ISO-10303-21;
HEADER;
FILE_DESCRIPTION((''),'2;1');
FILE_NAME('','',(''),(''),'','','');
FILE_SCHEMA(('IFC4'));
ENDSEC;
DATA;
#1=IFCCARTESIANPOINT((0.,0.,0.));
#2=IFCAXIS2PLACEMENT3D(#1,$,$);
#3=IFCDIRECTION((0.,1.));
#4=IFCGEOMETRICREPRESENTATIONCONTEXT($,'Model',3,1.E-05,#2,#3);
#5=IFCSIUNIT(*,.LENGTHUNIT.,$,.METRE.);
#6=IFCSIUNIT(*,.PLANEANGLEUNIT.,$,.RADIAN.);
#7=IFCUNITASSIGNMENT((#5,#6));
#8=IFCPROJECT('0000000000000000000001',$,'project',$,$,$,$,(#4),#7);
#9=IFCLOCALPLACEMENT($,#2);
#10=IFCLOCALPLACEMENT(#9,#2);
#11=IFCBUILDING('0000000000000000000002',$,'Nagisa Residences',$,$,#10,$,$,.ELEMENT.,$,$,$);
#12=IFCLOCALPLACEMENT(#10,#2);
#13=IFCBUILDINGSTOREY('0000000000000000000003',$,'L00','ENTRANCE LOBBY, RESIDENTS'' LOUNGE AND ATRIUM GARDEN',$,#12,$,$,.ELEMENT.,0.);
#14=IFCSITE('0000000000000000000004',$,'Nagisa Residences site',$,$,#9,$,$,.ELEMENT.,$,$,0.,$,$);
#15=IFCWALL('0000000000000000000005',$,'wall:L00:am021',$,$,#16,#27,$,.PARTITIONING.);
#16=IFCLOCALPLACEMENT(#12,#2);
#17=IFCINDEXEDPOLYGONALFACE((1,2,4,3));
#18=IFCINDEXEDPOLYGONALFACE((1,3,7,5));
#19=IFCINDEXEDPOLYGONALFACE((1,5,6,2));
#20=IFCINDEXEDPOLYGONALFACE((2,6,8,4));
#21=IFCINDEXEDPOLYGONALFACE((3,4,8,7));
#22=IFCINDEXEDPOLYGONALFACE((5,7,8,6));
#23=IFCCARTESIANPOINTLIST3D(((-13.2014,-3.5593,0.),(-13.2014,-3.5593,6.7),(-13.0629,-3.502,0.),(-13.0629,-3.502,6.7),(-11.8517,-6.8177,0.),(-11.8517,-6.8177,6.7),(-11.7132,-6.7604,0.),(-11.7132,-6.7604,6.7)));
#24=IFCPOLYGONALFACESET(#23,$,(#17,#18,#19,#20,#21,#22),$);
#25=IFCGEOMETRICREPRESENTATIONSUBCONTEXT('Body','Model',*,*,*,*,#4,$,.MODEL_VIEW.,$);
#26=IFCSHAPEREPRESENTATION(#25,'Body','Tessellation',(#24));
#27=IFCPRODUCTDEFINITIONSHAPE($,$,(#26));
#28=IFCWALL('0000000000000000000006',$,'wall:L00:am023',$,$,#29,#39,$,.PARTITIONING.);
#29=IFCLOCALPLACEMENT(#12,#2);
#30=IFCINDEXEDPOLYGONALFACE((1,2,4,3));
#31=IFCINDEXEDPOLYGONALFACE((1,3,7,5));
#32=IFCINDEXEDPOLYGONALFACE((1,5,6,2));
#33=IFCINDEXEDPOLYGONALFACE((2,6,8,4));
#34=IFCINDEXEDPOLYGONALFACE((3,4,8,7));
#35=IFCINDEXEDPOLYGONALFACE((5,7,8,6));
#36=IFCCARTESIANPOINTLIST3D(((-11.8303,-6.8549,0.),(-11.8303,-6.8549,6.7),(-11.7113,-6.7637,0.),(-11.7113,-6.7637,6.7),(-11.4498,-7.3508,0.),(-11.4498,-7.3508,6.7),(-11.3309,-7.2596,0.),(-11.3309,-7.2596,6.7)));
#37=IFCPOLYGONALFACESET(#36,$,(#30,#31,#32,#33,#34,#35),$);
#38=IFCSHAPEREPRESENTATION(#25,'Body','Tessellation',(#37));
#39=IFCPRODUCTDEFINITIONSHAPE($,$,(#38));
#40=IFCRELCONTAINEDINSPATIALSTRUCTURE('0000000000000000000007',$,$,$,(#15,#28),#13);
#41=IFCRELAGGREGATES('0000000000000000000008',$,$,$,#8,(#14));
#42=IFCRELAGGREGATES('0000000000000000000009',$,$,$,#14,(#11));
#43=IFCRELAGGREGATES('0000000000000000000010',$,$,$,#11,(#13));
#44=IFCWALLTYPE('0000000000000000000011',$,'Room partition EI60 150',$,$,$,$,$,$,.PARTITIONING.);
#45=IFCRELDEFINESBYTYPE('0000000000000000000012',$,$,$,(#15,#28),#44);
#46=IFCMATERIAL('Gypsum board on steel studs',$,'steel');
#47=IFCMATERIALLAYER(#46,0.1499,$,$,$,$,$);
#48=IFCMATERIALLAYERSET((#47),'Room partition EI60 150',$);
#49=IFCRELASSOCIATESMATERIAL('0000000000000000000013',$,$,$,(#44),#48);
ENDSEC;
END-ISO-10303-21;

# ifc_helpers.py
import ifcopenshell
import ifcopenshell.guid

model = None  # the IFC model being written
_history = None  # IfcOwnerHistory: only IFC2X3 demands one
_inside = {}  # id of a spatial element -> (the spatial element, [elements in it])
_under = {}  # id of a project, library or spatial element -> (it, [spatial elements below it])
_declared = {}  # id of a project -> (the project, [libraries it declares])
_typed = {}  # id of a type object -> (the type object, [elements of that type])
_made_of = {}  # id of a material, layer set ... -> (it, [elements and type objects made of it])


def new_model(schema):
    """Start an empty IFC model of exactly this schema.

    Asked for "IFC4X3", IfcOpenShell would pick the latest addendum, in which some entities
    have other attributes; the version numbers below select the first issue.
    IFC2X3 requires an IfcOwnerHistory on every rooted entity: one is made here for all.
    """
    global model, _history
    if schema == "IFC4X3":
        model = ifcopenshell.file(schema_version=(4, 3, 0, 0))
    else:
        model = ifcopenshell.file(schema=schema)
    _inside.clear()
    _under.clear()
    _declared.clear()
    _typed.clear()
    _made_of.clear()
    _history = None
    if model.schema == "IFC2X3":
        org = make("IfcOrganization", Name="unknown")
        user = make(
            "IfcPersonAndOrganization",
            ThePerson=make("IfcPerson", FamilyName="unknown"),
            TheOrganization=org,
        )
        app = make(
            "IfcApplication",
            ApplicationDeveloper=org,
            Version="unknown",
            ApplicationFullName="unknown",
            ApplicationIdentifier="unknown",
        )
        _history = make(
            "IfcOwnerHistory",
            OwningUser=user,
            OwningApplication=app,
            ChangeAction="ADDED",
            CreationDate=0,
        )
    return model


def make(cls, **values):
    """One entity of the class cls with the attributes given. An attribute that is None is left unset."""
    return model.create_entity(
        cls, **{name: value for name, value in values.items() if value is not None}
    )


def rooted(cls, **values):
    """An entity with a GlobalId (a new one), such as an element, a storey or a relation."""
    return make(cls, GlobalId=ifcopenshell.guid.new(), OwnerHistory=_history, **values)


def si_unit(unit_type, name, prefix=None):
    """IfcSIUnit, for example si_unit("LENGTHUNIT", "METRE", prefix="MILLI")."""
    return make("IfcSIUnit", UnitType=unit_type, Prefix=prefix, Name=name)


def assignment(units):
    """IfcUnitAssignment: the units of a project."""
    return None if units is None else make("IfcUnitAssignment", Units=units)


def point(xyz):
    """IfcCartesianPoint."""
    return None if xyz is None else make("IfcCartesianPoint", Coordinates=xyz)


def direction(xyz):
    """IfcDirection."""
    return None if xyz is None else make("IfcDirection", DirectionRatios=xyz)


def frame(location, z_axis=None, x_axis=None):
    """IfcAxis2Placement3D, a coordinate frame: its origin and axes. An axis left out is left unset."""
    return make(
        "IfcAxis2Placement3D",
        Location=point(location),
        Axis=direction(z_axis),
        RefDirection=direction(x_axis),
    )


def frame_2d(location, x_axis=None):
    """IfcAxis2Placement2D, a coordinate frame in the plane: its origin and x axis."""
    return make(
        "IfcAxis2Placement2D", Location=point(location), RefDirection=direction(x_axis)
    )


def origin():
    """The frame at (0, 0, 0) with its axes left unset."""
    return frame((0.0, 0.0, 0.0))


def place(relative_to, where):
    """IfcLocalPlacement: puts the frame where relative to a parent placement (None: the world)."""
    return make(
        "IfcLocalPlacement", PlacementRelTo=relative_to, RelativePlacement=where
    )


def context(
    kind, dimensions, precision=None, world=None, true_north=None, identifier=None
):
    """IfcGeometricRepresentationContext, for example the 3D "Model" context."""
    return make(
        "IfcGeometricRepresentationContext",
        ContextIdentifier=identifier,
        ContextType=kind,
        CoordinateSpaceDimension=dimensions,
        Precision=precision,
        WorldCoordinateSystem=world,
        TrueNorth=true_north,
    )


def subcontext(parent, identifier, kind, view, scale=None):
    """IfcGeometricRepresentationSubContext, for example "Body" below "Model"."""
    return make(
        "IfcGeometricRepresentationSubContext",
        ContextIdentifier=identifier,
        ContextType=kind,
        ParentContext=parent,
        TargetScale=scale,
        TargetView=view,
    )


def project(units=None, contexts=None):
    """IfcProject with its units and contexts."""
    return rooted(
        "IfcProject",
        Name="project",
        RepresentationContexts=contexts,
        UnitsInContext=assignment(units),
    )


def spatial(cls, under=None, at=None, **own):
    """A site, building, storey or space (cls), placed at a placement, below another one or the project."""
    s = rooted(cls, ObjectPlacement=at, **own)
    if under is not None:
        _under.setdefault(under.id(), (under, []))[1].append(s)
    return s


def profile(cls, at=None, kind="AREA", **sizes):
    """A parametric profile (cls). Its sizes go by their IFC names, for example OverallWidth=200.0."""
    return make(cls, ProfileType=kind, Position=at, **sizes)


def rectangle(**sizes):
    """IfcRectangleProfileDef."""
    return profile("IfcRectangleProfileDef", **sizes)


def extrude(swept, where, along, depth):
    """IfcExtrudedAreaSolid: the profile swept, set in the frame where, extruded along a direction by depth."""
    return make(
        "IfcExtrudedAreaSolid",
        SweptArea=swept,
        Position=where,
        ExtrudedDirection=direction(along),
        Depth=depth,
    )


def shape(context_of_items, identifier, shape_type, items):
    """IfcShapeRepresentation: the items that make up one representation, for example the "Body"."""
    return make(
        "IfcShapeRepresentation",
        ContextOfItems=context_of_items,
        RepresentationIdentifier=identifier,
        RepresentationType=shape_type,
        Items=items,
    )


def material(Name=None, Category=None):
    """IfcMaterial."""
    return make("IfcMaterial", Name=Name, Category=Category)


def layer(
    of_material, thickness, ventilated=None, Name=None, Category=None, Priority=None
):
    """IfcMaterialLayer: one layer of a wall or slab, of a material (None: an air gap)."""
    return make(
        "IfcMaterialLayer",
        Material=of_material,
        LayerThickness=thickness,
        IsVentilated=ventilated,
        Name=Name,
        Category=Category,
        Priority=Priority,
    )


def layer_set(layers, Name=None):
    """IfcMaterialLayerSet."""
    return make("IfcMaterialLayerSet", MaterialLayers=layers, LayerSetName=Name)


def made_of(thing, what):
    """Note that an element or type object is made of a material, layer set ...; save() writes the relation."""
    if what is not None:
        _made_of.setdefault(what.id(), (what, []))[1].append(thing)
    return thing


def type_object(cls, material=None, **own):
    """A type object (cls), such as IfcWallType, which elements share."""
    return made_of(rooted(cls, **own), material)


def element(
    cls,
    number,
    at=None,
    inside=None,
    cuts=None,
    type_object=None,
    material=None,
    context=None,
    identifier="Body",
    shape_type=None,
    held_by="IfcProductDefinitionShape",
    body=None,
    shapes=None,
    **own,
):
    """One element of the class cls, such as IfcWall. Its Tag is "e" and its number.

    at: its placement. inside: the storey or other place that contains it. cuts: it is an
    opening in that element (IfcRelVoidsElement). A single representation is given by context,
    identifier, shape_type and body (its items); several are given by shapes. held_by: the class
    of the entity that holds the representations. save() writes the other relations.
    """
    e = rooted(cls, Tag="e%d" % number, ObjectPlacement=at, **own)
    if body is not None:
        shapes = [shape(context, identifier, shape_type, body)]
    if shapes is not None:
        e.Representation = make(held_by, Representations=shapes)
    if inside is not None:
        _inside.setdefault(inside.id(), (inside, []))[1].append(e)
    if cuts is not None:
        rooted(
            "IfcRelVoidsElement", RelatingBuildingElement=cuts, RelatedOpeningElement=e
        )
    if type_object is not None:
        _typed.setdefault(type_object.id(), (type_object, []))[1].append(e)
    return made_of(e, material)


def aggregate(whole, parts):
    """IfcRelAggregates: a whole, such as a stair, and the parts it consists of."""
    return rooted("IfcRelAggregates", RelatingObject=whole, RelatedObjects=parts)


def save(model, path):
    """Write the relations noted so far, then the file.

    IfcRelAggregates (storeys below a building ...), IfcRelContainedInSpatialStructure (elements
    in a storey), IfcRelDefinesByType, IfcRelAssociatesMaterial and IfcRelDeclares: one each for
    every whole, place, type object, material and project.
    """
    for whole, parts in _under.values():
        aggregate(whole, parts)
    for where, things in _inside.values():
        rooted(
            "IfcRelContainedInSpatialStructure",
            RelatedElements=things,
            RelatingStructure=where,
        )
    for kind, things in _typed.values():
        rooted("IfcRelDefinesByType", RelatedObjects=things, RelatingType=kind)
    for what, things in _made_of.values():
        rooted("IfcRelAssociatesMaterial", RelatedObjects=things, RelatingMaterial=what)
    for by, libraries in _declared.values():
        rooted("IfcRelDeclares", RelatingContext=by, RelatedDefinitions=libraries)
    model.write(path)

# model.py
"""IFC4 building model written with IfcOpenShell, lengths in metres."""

from ifc_helpers import new_model, si_unit, direction, frame, frame_2d, origin, place, context, subcontext, project, spatial, rectangle, extrude, material, layer, layer_set, type_object, element, save


model = new_model("IFC4")

# Units and contexts
model_context = context("Model", 3, precision=1e-05, world=origin(), true_north=direction((0.0, 1.0)))
body_context = subcontext(model_context, "Body", "Model", "MODEL_VIEW")
ifc_project = project(units=[si_unit("LENGTHUNIT", "METRE"), si_unit("PLANEANGLEUNIT", "RADIAN")], contexts=[model_context])

# Site, building, storey
site_placement = place(None, origin())
site = spatial("IfcSite", under=ifc_project, at=site_placement, Name="Nagisa Residences site", CompositionType="ELEMENT", RefElevation=0.0)
building_placement = place(site_placement, origin())
building = spatial("IfcBuilding", under=site, at=building_placement, Name="Nagisa Residences", CompositionType="ELEMENT")
storey_placement = place(building_placement, origin())
storey = spatial("IfcBuildingStorey", under=building, at=storey_placement, Name="L00", Description="ENTRANCE LOBBY, RESIDENTS' LOUNGE AND ATRIUM GARDEN", CompositionType="ELEMENT", Elevation=0.0)

# Walls
ifc_material_1 = material(Name="Gypsum board on steel studs", Category="steel")
ifc_layer_1 = layer(ifc_material_1, 0.1499)
ifc_layer_set_1 = layer_set([ifc_layer_1], Name="Room partition EI60 150")
wall_type_1 = type_object("IfcWallType", Name="Room partition EI60 150", PredefinedType="PARTITIONING", material=ifc_layer_set_1)
wall_1_placement = place(storey_placement, frame((-11.7825, -6.7891, 0.0), z_axis=(0.0, 0.0, 1.0), x_axis=(-0.382678, 0.923882, 0.0)))
element("IfcWall", 1, at=wall_1_placement, inside=storey, type_object=wall_type_1, Name="wall:L00:am021", PredefinedType="PARTITIONING", context=body_context, shape_type="SweptSolid", body=[
    extrude(rectangle(XDim=3.5269, YDim=0.1499, at=frame_2d((1.7634, 0.0))), origin(), (0.0, 0.0, 1.0), 6.7),
])
wall_2_placement = place(storey_placement, frame((-11.3904, -7.3052, 0.0), z_axis=(0.0, 0.0, 1.0), x_axis=(-0.608653, 0.793437, 0.0)))
element("IfcWall", 2, at=wall_2_placement, inside=storey, type_object=wall_type_1, Name="wall:L00:am023", PredefinedType="PARTITIONING", context=body_context, shape_type="SweptSolid", body=[
    extrude(rectangle(XDim=0.625, YDim=0.1499, at=frame_2d((0.3125, 0.0))), origin(), (0.0, 0.0, 1.0), 6.7),
])

save(model, "model.ifc")
